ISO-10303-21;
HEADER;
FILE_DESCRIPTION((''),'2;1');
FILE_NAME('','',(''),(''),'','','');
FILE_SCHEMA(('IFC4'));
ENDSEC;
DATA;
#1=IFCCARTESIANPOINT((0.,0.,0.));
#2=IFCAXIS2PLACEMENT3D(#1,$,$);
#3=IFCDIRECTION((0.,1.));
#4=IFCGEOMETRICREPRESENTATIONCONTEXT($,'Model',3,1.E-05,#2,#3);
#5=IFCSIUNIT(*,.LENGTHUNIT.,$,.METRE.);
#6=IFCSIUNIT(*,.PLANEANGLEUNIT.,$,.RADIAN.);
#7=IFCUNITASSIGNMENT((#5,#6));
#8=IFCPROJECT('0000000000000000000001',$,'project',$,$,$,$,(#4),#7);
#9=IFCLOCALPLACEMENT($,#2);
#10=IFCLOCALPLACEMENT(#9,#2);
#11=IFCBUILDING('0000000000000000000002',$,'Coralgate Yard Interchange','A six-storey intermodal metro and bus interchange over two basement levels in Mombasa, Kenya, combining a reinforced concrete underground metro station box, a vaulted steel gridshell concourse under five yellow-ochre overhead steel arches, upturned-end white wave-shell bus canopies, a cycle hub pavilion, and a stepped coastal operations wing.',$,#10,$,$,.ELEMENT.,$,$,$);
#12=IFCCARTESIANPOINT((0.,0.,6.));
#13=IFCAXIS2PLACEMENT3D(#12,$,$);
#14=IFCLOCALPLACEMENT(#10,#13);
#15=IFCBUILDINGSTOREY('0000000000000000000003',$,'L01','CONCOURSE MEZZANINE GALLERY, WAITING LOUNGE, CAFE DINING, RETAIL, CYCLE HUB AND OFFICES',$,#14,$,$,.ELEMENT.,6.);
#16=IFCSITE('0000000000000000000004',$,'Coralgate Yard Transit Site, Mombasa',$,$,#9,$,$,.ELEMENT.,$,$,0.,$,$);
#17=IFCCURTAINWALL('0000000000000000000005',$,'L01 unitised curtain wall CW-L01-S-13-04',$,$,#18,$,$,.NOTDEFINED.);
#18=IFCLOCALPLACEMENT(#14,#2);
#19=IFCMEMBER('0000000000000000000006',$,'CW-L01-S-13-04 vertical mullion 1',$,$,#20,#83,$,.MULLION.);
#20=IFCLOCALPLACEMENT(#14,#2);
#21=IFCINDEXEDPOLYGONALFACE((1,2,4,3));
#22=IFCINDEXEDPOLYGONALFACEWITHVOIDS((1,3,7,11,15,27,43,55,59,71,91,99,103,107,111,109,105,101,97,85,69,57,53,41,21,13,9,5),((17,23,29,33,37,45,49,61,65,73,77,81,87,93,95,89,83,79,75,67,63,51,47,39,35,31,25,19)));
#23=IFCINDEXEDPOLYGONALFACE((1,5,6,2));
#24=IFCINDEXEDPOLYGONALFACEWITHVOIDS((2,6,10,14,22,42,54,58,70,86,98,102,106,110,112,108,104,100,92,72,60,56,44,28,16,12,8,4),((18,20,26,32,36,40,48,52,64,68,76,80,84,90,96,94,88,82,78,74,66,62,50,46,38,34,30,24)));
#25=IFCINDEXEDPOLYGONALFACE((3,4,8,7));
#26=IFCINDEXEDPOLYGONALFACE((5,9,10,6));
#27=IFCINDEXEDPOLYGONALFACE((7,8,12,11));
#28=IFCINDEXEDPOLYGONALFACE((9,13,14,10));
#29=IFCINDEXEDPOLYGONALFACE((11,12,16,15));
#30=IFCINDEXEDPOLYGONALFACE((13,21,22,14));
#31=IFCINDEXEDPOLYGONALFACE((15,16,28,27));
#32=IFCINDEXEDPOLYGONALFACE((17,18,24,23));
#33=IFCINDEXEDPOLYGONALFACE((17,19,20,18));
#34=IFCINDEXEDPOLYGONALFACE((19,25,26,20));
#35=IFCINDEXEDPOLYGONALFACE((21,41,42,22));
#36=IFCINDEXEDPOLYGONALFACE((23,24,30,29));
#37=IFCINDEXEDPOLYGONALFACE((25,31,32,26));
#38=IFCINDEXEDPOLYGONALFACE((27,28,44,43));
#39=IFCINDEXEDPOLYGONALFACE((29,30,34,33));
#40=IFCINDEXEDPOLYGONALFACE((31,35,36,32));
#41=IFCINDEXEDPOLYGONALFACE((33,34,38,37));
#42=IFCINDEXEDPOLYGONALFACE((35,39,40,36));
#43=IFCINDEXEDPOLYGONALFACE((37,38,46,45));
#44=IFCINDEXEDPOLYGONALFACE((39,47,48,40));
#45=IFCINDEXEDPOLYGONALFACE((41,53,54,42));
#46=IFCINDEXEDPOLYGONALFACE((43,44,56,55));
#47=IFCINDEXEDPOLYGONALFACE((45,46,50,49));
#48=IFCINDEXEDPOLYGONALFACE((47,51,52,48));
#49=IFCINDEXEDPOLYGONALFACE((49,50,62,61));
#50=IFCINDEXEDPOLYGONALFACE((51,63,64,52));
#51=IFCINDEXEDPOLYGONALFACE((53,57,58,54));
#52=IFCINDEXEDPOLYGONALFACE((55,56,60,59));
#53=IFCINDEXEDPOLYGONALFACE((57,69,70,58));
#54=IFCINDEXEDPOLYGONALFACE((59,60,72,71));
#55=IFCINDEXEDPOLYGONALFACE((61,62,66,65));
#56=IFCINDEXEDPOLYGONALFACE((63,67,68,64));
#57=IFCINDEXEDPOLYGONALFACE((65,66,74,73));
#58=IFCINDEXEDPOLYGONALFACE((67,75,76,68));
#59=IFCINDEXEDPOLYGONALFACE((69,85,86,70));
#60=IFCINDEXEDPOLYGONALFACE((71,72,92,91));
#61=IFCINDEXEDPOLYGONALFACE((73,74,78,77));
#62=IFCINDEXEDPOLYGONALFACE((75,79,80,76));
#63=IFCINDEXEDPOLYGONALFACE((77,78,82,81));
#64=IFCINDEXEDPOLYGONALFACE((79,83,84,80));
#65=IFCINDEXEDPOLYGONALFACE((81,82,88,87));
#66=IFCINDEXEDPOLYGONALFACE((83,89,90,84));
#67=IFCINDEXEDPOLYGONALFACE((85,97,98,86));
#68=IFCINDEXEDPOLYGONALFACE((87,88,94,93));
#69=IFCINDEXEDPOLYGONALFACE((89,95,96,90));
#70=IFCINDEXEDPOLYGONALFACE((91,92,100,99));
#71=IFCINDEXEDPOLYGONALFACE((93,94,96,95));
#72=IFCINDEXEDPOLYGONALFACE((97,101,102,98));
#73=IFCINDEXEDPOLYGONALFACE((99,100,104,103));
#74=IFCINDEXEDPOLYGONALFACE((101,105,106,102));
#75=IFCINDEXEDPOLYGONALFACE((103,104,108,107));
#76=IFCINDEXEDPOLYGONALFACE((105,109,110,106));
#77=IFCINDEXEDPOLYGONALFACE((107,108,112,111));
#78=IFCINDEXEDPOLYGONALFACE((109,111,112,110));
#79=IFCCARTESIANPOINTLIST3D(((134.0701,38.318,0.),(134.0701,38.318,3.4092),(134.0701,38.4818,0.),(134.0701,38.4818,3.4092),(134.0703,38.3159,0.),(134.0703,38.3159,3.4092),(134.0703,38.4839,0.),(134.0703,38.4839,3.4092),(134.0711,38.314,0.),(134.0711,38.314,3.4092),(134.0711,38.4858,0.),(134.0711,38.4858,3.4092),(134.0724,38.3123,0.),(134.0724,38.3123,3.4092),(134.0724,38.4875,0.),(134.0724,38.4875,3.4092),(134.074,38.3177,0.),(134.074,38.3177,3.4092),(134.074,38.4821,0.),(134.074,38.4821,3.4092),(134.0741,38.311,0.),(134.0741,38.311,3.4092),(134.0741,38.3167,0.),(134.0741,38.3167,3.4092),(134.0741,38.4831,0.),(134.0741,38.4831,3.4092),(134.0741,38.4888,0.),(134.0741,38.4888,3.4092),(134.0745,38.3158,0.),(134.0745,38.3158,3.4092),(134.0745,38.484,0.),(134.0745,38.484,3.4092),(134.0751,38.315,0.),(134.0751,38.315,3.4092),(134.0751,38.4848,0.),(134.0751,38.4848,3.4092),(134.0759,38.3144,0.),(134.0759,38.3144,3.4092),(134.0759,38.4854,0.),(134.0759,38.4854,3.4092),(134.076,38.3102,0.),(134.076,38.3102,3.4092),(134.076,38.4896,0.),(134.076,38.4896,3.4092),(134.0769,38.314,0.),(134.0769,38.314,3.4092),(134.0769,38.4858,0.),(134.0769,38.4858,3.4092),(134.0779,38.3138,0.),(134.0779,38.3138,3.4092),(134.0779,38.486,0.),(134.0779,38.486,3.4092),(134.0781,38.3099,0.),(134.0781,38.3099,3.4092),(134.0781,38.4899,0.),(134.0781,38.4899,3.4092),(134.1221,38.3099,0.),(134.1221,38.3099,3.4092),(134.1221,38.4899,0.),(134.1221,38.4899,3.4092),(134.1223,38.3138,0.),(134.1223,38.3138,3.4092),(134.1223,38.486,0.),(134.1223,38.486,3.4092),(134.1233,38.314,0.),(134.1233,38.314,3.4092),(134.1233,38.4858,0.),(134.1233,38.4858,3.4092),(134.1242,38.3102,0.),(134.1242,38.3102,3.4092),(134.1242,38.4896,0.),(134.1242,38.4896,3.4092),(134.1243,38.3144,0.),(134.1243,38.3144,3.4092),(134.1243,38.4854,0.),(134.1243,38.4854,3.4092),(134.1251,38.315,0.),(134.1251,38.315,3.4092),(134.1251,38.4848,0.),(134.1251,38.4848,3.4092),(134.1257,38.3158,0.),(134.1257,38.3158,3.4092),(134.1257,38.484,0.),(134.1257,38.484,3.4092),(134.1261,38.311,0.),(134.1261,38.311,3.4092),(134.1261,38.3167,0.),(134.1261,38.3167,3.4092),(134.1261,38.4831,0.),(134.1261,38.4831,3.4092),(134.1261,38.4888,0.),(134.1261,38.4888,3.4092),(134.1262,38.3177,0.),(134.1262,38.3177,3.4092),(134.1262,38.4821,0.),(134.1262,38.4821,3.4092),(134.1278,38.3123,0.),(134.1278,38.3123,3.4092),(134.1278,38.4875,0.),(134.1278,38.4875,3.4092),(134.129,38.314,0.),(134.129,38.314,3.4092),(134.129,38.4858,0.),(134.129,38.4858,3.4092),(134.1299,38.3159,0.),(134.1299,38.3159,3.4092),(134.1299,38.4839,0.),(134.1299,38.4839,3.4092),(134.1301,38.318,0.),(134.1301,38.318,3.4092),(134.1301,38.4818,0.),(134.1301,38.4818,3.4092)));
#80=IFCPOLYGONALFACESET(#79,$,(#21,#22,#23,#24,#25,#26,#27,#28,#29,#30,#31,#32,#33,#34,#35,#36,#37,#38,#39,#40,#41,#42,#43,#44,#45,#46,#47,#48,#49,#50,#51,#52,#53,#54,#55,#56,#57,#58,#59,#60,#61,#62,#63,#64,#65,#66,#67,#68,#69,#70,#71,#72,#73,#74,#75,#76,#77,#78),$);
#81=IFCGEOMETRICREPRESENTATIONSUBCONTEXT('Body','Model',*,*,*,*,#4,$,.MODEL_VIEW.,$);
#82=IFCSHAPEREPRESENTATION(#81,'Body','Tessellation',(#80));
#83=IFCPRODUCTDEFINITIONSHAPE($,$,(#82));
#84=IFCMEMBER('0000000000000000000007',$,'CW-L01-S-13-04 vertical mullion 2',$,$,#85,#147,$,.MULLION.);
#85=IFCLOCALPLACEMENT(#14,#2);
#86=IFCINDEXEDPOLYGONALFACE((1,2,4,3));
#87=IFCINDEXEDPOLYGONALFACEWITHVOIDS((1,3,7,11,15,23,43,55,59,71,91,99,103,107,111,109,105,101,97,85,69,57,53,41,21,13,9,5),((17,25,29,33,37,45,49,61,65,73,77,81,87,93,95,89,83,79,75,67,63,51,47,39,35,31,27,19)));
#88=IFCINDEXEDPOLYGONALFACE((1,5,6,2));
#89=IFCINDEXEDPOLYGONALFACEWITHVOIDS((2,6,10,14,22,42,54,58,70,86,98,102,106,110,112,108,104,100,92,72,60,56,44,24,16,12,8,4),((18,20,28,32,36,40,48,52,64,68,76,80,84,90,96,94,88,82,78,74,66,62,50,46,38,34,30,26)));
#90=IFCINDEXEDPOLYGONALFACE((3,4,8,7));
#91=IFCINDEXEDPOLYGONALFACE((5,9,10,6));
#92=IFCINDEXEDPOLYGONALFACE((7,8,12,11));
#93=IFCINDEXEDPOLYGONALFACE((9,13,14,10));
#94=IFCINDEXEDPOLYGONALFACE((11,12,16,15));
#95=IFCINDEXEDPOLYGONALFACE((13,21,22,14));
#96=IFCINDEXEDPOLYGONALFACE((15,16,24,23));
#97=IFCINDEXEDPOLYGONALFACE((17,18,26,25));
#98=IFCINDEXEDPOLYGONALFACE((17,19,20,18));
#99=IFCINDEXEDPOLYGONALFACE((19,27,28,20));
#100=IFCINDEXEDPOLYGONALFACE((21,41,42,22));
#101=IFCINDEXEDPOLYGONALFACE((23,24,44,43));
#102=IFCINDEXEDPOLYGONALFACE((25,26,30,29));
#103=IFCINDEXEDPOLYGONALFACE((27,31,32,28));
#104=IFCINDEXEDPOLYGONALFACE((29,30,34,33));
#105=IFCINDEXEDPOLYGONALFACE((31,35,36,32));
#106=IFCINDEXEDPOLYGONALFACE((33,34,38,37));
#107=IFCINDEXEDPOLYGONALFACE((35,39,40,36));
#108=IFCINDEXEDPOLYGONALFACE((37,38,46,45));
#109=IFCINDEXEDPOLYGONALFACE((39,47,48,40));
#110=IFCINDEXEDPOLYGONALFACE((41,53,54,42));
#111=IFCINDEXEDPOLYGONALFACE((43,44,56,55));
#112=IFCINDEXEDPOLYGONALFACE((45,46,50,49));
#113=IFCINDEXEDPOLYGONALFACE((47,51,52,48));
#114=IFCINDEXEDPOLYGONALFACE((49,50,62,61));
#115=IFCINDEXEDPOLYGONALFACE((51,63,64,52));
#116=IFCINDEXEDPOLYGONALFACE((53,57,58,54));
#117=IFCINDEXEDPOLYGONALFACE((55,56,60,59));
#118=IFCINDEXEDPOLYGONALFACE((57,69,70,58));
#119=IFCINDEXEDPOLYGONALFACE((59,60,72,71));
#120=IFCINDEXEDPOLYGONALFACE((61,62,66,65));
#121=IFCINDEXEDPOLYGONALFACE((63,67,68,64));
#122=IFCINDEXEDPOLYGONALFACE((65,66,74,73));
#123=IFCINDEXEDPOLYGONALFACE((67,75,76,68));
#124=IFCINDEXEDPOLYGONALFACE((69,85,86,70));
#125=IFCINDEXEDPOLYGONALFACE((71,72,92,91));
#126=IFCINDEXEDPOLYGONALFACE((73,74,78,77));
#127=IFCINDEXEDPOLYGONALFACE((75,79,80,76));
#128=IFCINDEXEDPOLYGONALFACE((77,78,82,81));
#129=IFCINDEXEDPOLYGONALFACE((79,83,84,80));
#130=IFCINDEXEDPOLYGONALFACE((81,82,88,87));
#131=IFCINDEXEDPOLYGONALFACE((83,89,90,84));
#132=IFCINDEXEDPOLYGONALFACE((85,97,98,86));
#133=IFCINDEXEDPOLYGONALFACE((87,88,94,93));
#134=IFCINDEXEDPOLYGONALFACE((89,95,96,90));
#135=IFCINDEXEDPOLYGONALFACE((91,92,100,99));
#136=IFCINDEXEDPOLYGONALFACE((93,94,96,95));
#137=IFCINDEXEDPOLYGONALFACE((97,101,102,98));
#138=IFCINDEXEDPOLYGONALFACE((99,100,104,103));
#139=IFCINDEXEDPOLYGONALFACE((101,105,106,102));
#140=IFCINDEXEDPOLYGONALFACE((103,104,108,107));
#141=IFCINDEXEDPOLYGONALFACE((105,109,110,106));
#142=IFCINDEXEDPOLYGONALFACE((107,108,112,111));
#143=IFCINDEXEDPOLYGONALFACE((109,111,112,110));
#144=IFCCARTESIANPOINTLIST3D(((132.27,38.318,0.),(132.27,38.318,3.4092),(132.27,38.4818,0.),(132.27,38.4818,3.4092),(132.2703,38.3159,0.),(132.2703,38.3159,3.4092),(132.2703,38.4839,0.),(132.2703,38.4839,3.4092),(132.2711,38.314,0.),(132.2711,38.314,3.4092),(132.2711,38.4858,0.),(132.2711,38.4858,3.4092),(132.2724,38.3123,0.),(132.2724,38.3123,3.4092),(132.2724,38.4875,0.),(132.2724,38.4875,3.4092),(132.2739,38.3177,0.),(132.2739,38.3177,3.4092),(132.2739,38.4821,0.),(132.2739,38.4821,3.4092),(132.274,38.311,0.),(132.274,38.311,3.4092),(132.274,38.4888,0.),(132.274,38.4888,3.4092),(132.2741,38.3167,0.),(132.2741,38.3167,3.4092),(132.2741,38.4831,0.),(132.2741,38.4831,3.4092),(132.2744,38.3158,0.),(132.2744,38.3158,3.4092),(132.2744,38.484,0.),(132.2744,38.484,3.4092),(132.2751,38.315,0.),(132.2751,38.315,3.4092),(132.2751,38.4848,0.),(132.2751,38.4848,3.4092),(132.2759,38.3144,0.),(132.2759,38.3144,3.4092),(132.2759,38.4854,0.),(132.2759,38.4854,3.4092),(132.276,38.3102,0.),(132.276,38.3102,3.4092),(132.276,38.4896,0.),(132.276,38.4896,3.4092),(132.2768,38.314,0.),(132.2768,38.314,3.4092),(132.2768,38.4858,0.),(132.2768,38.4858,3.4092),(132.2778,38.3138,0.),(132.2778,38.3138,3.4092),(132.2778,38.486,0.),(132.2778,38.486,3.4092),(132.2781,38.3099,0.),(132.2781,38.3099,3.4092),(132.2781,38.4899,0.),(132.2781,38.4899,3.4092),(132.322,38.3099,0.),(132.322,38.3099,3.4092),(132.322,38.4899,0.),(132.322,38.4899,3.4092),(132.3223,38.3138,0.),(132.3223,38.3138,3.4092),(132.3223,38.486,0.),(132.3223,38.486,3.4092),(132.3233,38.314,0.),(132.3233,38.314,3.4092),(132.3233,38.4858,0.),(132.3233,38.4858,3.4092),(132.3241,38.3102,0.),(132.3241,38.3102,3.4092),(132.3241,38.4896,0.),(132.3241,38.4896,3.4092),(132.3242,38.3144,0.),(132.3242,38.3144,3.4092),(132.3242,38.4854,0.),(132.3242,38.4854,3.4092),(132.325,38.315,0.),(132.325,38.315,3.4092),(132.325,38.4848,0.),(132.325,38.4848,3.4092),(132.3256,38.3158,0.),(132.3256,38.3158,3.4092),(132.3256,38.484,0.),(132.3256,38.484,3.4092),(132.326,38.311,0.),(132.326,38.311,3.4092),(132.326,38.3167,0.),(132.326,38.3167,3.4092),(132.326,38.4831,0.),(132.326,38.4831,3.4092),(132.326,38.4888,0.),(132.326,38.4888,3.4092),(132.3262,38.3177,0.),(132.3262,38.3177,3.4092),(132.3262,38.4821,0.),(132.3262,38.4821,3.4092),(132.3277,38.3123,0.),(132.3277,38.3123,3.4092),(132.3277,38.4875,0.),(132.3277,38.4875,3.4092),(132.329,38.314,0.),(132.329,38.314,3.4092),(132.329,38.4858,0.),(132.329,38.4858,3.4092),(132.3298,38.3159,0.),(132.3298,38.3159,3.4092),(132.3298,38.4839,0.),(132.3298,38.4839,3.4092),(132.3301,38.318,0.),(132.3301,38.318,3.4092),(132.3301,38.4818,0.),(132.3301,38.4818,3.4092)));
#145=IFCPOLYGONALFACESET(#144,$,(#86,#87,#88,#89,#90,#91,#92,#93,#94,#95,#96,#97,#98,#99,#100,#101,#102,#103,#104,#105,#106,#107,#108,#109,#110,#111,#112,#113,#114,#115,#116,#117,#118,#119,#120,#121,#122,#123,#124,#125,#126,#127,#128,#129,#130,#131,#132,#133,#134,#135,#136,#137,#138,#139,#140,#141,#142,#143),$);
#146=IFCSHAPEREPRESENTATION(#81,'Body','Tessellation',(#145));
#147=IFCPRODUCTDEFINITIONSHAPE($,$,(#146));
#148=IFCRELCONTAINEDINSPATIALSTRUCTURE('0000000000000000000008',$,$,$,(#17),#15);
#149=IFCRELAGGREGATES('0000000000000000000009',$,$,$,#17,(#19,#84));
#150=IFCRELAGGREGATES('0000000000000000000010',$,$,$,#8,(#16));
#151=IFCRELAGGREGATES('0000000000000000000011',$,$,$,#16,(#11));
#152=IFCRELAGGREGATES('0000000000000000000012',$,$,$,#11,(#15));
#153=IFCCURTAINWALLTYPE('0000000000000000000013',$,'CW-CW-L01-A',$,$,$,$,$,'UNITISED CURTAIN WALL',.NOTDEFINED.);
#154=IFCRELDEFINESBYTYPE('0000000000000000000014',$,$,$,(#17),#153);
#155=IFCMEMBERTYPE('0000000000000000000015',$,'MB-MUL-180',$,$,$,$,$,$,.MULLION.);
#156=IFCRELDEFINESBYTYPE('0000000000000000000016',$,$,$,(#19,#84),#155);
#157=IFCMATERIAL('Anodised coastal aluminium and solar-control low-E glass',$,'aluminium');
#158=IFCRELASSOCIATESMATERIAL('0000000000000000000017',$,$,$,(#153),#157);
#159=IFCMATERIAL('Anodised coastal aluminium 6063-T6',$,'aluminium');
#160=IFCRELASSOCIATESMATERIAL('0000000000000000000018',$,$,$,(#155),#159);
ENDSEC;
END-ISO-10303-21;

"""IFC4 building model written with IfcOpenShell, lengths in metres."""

from ifc_helpers import new_model, si_unit, direction, frame, origin, origin_2d, place, context, subcontext, project, spatial, hollow_rectangle, extrude, material, material_profile, profile_set, type_object, element, aggregate, save


model = new_model("IFC4")

# Units and contexts
model_context = context("Model", 3, precision=1e-05, world=origin(), true_north=direction((0.0, 1.0)))
body_context = subcontext(model_context, "Body", "Model", "MODEL_VIEW")
ifc_project = project(units=[si_unit("LENGTHUNIT", "METRE"), si_unit("PLANEANGLEUNIT", "RADIAN")], contexts=[model_context])

# Site, building, storey
site_placement = place(None, origin())
site = spatial("IfcSite", under=ifc_project, at=site_placement, Name="Coralgate Yard Transit Site, Mombasa", CompositionType="ELEMENT", RefElevation=0.0)
building_placement = place(site_placement, origin())
building = spatial("IfcBuilding", under=site, at=building_placement, Name="Coralgate Yard Interchange", Description="A six-storey intermodal metro and bus interchange over two basement levels in Mombasa, Kenya, combining a reinforced concrete underground metro station box, a vaulted steel gridshell concourse under five yellow-ochre overhead steel arches, upturned-end white wave-shell bus canopies, a cycle hub pavilion, and a stepped coastal operations wing.", CompositionType="ELEMENT")
storey_placement = place(building_placement, frame((0.0, 0.0, 6.0)))
storey = spatial("IfcBuildingStorey", under=building, at=storey_placement, Name="L01", Description="CONCOURSE MEZZANINE GALLERY, WAITING LOUNGE, CAFE DINING, RETAIL, CYCLE HUB AND OFFICES", CompositionType="ELEMENT", Elevation=6.0)

# Curtain wall, members
ifc_material_1 = material(Name="Anodised coastal aluminium and solar-control low-E glass", Category="aluminium")
curtain_wall_type_1 = type_object("IfcCurtainWallType", Name="CW-CW-L01-A", ElementType="UNITISED CURTAIN WALL", PredefinedType="NOTDEFINED", material=ifc_material_1)
curtain_wall_1_placement = place(storey_placement, origin())
curtain_wall_1 = element("IfcCurtainWall", 1, at=curtain_wall_1_placement, inside=storey, type_object=curtain_wall_type_1, Name="L01 unitised curtain wall CW-L01-S-13-04", PredefinedType="NOTDEFINED")
ifc_material_2 = material(Name="Anodised coastal aluminium 6063-T6", Category="aluminium")
ifc_material_profile_1 = material_profile(ifc_material_2, hollow_rectangle(XDim=0.0601, YDim=0.1799, WallThickness=0.0039, InnerFilletRadius=0.0039, OuterFilletRadius=0.0081, at=origin_2d()), Name="ALU 60x180x4")
ifc_profile_set_1 = profile_set([ifc_material_profile_1], Name="Anodised coastal aluminium 6063-T6")
member_type_1 = type_object("IfcMemberType", Name="MB-MUL-180", PredefinedType="MULLION", material=ifc_profile_set_1)
member_1_placement = place(storey_placement, frame((134.1001, 38.3999, 0.0), z_axis=(0.0, 0.0, 1.0), x_axis=(1.0, 0.0, 0.0)))
member_1 = element("IfcMember", 2, at=member_1_placement, type_object=member_type_1, Name="CW-L01-S-13-04 vertical mullion 1", PredefinedType="MULLION", context=body_context, shape_type="SweptSolid", body=[
    extrude(hollow_rectangle(XDim=0.0601, YDim=0.1799, WallThickness=0.0039, InnerFilletRadius=0.0039, OuterFilletRadius=0.0081, at=origin_2d()), origin(), (0.0, 0.0, 1.0), 3.4092),
])
member_2_placement = place(storey_placement, frame((132.3, 38.3999, 0.0), z_axis=(0.0, 0.0, 1.0), x_axis=(1.0, 0.0, 0.0)))
member_2 = element("IfcMember", 3, at=member_2_placement, type_object=member_type_1, Name="CW-L01-S-13-04 vertical mullion 2", PredefinedType="MULLION", context=body_context, shape_type="SweptSolid", body=[
    extrude(hollow_rectangle(XDim=0.0601, YDim=0.1799, WallThickness=0.0039, InnerFilletRadius=0.0039, OuterFilletRadius=0.0081, at=origin_2d()), origin(), (0.0, 0.0, 1.0), 3.4092),
])

aggregate(curtain_wall_1, [member_1, member_2])

save(model, "model.ifc")
